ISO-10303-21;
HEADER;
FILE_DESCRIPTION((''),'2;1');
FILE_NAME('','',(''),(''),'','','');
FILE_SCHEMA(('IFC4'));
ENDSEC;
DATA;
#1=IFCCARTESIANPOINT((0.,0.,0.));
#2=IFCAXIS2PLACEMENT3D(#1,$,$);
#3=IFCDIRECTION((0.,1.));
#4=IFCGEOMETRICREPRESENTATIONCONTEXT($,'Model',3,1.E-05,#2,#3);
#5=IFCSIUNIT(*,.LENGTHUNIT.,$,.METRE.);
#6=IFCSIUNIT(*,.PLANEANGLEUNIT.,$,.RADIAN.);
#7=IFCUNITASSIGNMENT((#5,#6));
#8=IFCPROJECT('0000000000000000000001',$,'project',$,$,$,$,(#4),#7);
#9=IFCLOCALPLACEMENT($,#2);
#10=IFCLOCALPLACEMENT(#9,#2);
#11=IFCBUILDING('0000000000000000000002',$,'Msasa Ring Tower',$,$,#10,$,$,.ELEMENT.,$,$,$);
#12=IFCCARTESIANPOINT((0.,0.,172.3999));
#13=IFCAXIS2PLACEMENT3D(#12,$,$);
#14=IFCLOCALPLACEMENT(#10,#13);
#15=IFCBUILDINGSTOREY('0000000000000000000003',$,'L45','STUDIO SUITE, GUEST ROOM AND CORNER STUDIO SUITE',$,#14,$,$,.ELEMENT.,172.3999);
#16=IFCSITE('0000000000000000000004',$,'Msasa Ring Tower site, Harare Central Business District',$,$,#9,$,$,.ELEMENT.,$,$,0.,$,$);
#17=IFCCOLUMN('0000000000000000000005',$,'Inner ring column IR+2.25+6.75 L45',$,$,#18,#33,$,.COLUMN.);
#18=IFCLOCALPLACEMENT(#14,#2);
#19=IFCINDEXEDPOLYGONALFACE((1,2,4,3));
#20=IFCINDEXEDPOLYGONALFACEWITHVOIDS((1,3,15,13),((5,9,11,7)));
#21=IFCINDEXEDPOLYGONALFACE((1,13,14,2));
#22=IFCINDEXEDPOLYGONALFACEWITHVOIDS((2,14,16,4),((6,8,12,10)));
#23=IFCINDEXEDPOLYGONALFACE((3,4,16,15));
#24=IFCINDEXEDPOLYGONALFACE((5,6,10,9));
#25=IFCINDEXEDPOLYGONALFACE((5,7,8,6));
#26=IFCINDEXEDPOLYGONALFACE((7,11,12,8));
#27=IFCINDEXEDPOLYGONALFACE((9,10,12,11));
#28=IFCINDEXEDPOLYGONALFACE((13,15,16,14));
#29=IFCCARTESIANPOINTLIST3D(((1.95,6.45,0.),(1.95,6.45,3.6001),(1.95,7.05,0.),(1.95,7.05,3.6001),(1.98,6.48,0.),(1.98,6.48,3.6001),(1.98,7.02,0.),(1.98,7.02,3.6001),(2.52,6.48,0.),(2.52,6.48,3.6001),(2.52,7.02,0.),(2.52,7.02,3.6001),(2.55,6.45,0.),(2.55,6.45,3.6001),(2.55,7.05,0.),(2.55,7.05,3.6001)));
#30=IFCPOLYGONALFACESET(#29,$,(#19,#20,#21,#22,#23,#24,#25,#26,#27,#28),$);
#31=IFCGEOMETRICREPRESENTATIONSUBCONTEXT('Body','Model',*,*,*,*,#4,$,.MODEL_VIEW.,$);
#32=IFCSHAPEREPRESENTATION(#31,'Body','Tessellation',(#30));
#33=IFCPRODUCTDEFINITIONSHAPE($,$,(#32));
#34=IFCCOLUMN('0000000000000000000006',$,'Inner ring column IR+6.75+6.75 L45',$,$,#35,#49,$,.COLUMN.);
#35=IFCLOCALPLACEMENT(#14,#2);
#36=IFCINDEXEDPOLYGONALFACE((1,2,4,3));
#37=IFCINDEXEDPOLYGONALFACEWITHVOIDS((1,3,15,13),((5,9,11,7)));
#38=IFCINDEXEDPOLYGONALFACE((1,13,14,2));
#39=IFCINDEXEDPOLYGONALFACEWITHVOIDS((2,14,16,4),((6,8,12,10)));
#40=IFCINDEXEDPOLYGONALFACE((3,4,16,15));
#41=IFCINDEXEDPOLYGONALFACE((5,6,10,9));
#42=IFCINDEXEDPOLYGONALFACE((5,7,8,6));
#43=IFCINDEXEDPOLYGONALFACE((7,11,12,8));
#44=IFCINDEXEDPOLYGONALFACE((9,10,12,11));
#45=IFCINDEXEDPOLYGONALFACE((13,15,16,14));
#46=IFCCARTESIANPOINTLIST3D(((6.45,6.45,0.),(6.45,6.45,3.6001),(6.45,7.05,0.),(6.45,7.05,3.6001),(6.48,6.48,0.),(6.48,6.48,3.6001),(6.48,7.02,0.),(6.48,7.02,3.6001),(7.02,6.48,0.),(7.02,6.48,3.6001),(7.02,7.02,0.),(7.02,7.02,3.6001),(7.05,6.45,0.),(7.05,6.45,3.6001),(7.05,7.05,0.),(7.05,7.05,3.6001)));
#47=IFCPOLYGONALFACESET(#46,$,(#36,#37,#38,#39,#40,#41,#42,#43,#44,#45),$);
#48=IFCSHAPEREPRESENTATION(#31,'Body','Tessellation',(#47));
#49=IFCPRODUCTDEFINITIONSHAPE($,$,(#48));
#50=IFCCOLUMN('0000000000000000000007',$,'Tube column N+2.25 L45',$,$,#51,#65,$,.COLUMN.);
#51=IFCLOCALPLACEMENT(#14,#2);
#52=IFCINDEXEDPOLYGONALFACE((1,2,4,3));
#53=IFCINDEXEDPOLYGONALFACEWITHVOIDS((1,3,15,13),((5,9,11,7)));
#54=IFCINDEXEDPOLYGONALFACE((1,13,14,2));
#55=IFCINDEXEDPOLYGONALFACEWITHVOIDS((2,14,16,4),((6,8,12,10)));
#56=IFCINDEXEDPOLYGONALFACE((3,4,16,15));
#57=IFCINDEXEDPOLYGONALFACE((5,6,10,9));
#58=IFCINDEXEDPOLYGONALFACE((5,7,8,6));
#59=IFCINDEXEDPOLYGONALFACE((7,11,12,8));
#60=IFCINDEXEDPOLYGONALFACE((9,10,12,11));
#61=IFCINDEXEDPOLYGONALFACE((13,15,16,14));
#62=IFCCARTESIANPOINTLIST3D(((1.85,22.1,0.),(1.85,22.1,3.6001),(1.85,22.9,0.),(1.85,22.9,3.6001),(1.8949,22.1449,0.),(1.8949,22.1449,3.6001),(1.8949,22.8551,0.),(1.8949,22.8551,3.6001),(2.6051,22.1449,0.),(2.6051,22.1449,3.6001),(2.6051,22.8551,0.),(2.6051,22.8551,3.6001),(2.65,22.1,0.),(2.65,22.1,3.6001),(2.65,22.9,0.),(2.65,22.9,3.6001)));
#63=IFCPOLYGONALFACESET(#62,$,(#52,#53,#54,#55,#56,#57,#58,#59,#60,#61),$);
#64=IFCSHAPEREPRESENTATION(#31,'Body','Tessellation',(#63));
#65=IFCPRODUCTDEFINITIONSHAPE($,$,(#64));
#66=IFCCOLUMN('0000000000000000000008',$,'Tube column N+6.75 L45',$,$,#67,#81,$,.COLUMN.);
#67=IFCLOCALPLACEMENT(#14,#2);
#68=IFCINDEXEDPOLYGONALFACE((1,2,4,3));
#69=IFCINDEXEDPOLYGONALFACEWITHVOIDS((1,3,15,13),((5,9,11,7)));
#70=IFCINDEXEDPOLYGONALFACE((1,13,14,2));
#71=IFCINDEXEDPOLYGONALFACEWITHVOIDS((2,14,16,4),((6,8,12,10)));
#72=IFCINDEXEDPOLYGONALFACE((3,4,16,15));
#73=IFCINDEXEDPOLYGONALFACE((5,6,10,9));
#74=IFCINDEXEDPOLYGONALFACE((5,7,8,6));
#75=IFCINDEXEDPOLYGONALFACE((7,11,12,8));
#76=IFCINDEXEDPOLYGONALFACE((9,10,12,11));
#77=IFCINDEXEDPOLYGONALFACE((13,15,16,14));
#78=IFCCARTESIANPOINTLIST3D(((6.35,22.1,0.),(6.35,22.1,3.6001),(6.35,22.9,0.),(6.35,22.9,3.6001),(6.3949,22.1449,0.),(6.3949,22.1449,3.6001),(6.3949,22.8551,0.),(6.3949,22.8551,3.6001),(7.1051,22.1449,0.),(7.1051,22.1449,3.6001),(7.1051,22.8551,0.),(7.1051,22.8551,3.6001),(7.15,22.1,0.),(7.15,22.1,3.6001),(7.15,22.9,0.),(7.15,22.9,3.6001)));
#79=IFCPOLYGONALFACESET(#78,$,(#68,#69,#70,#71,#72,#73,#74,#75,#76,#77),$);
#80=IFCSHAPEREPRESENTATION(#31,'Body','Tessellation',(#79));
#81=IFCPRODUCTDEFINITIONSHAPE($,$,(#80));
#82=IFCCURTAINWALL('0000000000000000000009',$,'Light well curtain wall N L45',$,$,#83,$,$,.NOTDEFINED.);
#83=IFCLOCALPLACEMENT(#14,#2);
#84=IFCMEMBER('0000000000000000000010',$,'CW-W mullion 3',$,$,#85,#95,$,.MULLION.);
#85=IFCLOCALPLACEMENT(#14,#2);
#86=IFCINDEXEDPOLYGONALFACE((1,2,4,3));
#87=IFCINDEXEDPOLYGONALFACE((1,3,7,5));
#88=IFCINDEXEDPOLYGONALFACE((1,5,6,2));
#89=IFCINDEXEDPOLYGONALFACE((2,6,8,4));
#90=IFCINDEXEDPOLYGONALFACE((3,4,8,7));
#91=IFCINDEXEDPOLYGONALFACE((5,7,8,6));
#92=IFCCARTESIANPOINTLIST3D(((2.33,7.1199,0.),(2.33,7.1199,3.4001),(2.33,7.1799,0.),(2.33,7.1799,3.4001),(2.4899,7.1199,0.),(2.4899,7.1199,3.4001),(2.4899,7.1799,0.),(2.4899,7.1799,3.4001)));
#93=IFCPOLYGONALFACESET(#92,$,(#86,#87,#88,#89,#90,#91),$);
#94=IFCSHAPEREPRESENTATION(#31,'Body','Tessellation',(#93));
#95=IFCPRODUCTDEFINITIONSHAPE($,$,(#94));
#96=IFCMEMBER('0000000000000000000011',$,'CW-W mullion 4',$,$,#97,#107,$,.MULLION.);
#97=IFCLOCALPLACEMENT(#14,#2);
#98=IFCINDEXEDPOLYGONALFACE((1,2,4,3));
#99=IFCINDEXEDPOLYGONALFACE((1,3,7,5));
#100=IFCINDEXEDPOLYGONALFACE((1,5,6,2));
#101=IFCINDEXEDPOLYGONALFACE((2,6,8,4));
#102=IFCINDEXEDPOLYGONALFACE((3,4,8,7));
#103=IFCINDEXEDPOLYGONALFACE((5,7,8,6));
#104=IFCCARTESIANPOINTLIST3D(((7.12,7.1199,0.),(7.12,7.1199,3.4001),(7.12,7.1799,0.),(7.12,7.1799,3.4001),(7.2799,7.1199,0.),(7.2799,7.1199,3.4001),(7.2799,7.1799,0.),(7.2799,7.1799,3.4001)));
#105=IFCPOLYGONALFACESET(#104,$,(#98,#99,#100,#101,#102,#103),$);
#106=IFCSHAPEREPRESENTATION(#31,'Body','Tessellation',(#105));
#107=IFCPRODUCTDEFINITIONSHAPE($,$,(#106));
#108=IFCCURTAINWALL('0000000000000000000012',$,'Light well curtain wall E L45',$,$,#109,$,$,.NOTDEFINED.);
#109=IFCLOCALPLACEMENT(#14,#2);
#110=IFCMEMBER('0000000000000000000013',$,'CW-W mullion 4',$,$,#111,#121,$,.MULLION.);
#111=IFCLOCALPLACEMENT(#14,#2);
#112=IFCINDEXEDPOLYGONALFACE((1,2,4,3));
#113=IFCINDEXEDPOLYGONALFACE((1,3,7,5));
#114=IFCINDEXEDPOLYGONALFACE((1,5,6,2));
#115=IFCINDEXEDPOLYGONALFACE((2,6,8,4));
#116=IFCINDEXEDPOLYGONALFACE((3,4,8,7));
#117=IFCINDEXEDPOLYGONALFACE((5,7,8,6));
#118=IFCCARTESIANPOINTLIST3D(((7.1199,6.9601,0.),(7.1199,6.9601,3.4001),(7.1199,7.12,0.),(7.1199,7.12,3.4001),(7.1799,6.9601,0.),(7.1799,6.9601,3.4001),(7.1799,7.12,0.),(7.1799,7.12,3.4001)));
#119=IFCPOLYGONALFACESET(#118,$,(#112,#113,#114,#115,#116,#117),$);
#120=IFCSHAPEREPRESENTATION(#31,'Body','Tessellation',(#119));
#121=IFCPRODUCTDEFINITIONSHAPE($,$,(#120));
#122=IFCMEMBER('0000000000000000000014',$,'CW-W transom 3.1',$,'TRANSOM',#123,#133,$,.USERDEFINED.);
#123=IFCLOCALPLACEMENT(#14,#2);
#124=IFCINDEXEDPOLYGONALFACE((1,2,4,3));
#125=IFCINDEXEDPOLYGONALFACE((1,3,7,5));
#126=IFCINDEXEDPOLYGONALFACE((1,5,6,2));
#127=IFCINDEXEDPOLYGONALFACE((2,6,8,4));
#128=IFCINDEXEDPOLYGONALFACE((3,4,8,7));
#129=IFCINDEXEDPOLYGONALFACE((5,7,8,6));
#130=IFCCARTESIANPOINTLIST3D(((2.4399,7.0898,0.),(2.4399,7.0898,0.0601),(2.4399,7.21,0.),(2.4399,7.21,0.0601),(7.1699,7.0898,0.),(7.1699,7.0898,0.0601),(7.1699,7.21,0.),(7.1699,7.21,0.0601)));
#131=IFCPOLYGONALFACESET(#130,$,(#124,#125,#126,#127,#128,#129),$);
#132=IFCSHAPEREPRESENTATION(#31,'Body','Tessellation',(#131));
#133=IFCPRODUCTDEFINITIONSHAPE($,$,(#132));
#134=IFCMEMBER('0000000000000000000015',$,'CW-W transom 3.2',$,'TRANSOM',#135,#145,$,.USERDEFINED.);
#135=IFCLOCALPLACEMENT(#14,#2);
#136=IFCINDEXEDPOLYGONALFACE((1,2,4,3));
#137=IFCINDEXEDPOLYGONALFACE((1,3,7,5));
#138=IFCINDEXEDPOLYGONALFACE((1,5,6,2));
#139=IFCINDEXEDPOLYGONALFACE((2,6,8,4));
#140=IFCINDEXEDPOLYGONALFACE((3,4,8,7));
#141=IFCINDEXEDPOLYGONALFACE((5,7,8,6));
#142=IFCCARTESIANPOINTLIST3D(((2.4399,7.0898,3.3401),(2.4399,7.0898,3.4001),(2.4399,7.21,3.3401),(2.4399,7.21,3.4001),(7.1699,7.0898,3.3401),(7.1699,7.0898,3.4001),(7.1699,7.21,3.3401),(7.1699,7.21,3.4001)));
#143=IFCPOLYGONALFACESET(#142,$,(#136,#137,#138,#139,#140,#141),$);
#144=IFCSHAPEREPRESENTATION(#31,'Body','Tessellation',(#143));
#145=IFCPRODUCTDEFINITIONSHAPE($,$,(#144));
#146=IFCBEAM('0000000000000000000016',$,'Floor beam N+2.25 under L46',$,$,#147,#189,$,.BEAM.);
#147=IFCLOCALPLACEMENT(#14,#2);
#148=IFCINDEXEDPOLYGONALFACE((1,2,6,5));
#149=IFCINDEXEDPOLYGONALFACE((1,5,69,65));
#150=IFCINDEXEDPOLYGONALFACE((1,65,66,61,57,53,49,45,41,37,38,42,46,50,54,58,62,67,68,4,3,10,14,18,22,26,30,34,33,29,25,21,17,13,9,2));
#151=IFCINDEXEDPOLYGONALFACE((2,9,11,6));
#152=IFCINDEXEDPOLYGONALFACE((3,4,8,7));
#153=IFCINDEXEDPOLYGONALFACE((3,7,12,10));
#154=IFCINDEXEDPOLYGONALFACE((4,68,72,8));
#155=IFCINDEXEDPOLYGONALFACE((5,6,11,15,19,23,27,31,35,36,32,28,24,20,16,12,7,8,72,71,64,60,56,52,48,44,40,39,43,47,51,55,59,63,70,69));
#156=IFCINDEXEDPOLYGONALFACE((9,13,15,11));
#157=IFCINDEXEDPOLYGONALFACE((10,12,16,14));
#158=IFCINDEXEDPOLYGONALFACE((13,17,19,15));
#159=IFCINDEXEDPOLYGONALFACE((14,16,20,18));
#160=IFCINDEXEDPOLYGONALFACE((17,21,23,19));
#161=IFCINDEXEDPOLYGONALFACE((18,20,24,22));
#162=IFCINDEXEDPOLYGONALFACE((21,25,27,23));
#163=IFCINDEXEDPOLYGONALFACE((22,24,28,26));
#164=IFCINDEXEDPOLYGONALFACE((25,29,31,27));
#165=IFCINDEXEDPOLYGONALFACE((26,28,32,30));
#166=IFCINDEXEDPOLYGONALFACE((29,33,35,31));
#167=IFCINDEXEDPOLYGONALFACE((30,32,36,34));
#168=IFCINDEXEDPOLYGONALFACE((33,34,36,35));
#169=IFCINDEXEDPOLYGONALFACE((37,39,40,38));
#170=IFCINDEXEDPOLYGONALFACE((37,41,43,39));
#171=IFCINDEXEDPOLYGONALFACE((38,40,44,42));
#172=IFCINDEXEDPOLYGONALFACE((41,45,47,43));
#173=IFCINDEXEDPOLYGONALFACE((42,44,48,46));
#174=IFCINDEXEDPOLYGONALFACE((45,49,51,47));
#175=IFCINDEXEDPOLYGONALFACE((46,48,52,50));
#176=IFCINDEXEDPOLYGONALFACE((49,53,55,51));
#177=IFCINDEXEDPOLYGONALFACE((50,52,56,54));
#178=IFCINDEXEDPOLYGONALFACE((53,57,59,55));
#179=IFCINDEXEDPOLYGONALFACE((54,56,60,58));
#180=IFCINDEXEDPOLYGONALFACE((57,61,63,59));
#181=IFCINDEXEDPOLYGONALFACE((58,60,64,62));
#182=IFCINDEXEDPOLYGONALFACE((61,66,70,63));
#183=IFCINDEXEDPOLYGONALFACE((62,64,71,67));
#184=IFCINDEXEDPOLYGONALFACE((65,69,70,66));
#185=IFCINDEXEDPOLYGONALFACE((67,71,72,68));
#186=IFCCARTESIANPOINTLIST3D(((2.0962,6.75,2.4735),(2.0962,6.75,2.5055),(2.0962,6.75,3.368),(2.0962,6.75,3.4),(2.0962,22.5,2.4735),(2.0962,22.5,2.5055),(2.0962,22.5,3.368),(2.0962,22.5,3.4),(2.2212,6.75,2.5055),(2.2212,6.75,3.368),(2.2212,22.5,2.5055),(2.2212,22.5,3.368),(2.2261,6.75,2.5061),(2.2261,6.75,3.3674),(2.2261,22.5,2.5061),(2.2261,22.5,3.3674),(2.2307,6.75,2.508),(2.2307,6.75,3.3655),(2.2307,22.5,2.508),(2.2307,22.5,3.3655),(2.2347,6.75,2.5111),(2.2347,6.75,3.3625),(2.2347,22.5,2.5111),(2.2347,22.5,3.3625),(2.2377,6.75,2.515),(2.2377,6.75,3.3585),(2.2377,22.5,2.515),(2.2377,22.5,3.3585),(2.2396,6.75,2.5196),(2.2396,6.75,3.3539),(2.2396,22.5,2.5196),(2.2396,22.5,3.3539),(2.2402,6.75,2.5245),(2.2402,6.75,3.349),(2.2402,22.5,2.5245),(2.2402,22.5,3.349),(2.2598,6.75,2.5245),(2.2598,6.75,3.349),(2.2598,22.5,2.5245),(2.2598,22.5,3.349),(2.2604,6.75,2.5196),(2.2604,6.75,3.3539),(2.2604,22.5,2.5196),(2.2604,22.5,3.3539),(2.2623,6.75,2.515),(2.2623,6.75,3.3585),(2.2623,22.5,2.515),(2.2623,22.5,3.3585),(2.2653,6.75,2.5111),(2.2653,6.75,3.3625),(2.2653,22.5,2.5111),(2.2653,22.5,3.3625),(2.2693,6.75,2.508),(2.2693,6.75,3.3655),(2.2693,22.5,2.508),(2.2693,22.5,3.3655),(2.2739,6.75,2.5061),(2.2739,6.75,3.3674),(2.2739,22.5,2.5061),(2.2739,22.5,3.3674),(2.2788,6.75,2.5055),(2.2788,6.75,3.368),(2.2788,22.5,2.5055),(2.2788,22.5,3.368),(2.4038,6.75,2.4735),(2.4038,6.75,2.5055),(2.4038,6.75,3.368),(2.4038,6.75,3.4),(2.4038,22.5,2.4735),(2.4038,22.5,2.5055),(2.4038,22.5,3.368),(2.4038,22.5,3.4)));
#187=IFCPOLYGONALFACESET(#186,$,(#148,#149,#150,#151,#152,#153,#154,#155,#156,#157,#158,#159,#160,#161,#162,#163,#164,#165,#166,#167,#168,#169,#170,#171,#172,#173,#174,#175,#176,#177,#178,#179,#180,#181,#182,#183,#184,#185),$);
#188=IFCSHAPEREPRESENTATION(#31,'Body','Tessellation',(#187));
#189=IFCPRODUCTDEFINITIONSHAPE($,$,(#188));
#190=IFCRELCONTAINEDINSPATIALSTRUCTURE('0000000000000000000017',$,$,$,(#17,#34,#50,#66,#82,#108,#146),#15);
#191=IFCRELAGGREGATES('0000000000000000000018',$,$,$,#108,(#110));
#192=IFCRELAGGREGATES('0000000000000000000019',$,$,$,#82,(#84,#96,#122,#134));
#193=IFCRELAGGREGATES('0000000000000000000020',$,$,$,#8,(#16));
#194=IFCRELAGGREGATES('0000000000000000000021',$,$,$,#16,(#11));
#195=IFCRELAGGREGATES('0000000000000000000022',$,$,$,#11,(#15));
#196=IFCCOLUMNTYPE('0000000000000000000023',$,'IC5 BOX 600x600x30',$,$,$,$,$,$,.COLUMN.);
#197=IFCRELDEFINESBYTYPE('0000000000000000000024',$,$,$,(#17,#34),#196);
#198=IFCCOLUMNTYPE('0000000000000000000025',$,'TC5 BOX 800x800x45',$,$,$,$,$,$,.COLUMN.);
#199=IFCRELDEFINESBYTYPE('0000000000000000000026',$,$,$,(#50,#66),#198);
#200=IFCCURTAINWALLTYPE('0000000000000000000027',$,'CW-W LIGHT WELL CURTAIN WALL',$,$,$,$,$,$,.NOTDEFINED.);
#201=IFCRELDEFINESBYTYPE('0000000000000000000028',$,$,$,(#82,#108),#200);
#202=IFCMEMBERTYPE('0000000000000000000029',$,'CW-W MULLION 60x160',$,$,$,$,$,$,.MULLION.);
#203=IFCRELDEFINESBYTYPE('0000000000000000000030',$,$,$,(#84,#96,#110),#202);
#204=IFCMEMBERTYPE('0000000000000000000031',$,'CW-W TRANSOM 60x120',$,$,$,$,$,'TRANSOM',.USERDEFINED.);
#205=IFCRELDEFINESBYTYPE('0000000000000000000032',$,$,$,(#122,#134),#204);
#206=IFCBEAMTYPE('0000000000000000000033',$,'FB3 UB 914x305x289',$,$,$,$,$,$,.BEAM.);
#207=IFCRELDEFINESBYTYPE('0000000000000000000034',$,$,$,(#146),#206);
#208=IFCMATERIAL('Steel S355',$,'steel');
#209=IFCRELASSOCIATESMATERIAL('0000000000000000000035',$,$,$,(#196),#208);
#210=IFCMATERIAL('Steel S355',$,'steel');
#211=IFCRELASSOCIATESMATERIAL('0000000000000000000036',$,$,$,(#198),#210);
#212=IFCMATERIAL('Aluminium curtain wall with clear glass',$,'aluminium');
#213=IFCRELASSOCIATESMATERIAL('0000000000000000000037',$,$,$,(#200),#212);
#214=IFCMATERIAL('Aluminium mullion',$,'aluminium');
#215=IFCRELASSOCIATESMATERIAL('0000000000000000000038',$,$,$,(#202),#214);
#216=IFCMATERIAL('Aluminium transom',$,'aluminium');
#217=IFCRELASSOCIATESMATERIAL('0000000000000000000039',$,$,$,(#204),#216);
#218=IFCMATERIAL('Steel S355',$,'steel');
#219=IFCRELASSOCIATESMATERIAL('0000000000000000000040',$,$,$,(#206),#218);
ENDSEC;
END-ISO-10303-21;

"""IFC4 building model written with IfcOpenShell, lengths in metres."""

from ifc_helpers import new_model, si_unit, direction, frame, origin, origin_2d, place, context, subcontext, project, spatial, rectangle, hollow_rectangle, i_section, extrude, material, material_profile, profile_set, type_object, element, aggregate, save


model = new_model("IFC4")

# Units and contexts
model_context = context("Model", 3, precision=1e-05, world=origin(), true_north=direction((0.0, 1.0)))
body_context = subcontext(model_context, "Body", "Model", "MODEL_VIEW")
ifc_project = project(units=[si_unit("LENGTHUNIT", "METRE"), si_unit("PLANEANGLEUNIT", "RADIAN")], contexts=[model_context])

# Site, building, storey
site_placement = place(None, origin())
site = spatial("IfcSite", under=ifc_project, at=site_placement, Name="Msasa Ring Tower site, Harare Central Business District", CompositionType="ELEMENT", RefElevation=0.0)
building_placement = place(site_placement, origin())
building = spatial("IfcBuilding", under=site, at=building_placement, Name="Msasa Ring Tower", CompositionType="ELEMENT")
storey_placement = place(building_placement, frame((0.0, 0.0, 172.3999)))
storey = spatial("IfcBuildingStorey", under=building, at=storey_placement, Name="L45", Description="STUDIO SUITE, GUEST ROOM AND CORNER STUDIO SUITE", CompositionType="ELEMENT", Elevation=172.3999)

# Columns
ifc_material_1 = material(Name="Steel S355", Category="steel")
ifc_material_profile_1 = material_profile(ifc_material_1, hollow_rectangle(XDim=0.6001, YDim=0.6001, WallThickness=0.03, at=origin_2d()), Name="BOX 600x600x30")
ifc_profile_set_1 = profile_set([ifc_material_profile_1], Name="Steel S355")
column_type_1 = type_object("IfcColumnType", Name="IC5 BOX 600x600x30", PredefinedType="COLUMN", material=ifc_profile_set_1)
for number, where, z_axis, x_axis, name in (
    (1, (2.25, 6.75, 0.0), (0.0, 0.0, 1.0), (1.0, 0.0, 0.0), "Inner ring column IR+2.25+6.75 L45"),
    (2, (6.75, 6.75, 0.0), (0.0, 0.0, 1.0), (1.0, 0.0, 0.0), "Inner ring column IR+6.75+6.75 L45"),
):
    element("IfcColumn", number, at=place(storey_placement, frame(where, z_axis=z_axis, x_axis=x_axis)), inside=storey, type_object=column_type_1, Name=name, PredefinedType="COLUMN", context=body_context, shape_type="SweptSolid", body=[
        extrude(hollow_rectangle(XDim=0.6001, YDim=0.6001, WallThickness=0.03, at=origin_2d()), origin(), (0.0, 0.0, 1.0), 3.6001),
    ])
ifc_material_2 = material(Name="Steel S355", Category="steel")
ifc_material_profile_2 = material_profile(ifc_material_2, hollow_rectangle(XDim=0.8, YDim=0.8, WallThickness=0.0449, at=origin_2d()), Name="BOX 800x800x45")
ifc_profile_set_2 = profile_set([ifc_material_profile_2], Name="Steel S355")
column_type_2 = type_object("IfcColumnType", Name="TC5 BOX 800x800x45", PredefinedType="COLUMN", material=ifc_profile_set_2)
for number, where, z_axis, x_axis, name in (
    (3, (2.25, 22.5, 0.0), (0.0, 0.0, 1.0), (0.0, 1.0, 0.0), "Tube column N+2.25 L45"),
    (4, (6.75, 22.5, 0.0), (0.0, 0.0, 1.0), (0.0, 1.0, 0.0), "Tube column N+6.75 L45"),
):
    element("IfcColumn", number, at=place(storey_placement, frame(where, z_axis=z_axis, x_axis=x_axis)), inside=storey, type_object=column_type_2, Name=name, PredefinedType="COLUMN", context=body_context, shape_type="SweptSolid", body=[
        extrude(hollow_rectangle(XDim=0.8, YDim=0.8, WallThickness=0.0449, at=origin_2d()), origin(), (0.0, 0.0, 1.0), 3.6001),
    ])

# Curtain wall, members
ifc_material_3 = material(Name="Aluminium curtain wall with clear glass", Category="aluminium")
curtain_wall_type = type_object("IfcCurtainWallType", Name="CW-W LIGHT WELL CURTAIN WALL", PredefinedType="NOTDEFINED", material=ifc_material_3)
curtain_wall_1_placement = place(storey_placement, origin())
curtain_wall_1 = element("IfcCurtainWall", 5, at=curtain_wall_1_placement, inside=storey, type_object=curtain_wall_type, Name="Light well curtain wall N L45", PredefinedType="NOTDEFINED")
ifc_material_4 = material(Name="Aluminium mullion", Category="aluminium")
ifc_material_profile_3 = material_profile(ifc_material_4, rectangle(XDim=0.0601, YDim=0.1599, at=origin_2d()), Name="AL 60x160")
ifc_profile_set_3 = profile_set([ifc_material_profile_3], Name="Aluminium mullion")
member_type_1 = type_object("IfcMemberType", Name="CW-W MULLION 60x160", PredefinedType="MULLION", material=ifc_profile_set_3)
member_1_placement = place(storey_placement, frame((2.4099, 7.1499, 0.0), z_axis=(0.0, 0.0, 1.0), x_axis=(0.0, 1.0, 0.0)))
member_1 = element("IfcMember", 6, at=member_1_placement, type_object=member_type_1, Name="CW-W mullion 3", PredefinedType="MULLION", context=body_context, shape_type="SweptSolid", body=[
    extrude(rectangle(XDim=0.0601, YDim=0.1599, at=origin_2d()), origin(), (0.0, 0.0, 1.0), 3.4001),
])
member_2_placement = place(storey_placement, frame((7.2, 7.1499, 0.0), z_axis=(0.0, 0.0, 1.0), x_axis=(0.0, 1.0, 0.0)))
member_2 = element("IfcMember", 7, at=member_2_placement, type_object=member_type_1, Name="CW-W mullion 4", PredefinedType="MULLION", context=body_context, shape_type="SweptSolid", body=[
    extrude(rectangle(XDim=0.0601, YDim=0.1599, at=origin_2d()), origin(), (0.0, 0.0, 1.0), 3.4001),
])

# Curtain wall, member
curtain_wall_2_placement = place(storey_placement, origin())
curtain_wall_2 = element("IfcCurtainWall", 8, at=curtain_wall_2_placement, inside=storey, type_object=curtain_wall_type, Name="Light well curtain wall E L45", PredefinedType="NOTDEFINED")
member_3_placement = place(storey_placement, frame((7.1499, 7.04, 0.0), z_axis=(0.0, 0.0, 1.0), x_axis=(-1.0, 0.0, 0.0)))
member_3 = element("IfcMember", 9, at=member_3_placement, type_object=member_type_1, Name="CW-W mullion 4", PredefinedType="MULLION", context=body_context, shape_type="SweptSolid", body=[
    extrude(rectangle(XDim=0.0601, YDim=0.1599, at=origin_2d()), origin(), (0.0, 0.0, 1.0), 3.4001),
])
aggregate(curtain_wall_2, [member_3])

# Members
ifc_material_5 = material(Name="Aluminium transom", Category="aluminium")
ifc_material_profile_4 = material_profile(ifc_material_5, rectangle(XDim=0.1201, YDim=0.0601, at=origin_2d()), Name="AL 60x120")
ifc_profile_set_4 = profile_set([ifc_material_profile_4], Name="Aluminium transom")
member_type_2 = type_object("IfcMemberType", Name="CW-W TRANSOM 60x120", ElementType="TRANSOM", PredefinedType="USERDEFINED", material=ifc_profile_set_4)
member_4_placement = place(storey_placement, frame((2.4399, 7.1499, 0.03), z_axis=(1.0, 0.0, 0.0), x_axis=(0.0, 1.0, 0.0)))
member_4 = element("IfcMember", 10, at=member_4_placement, type_object=member_type_2, Name="CW-W transom 3.1", ObjectType="TRANSOM", PredefinedType="USERDEFINED", context=body_context, shape_type="SweptSolid", body=[
    extrude(rectangle(XDim=0.1201, YDim=0.0601, at=origin_2d()), origin(), (0.0, 0.0, 1.0), 4.73),
])
member_5_placement = place(storey_placement, frame((2.4399, 7.1499, 3.3701), z_axis=(1.0, 0.0, 0.0), x_axis=(0.0, 1.0, 0.0)))
member_5 = element("IfcMember", 11, at=member_5_placement, type_object=member_type_2, Name="CW-W transom 3.2", ObjectType="TRANSOM", PredefinedType="USERDEFINED", context=body_context, shape_type="SweptSolid", body=[
    extrude(rectangle(XDim=0.1201, YDim=0.0601, at=origin_2d()), origin(), (0.0, 0.0, 1.0), 4.73),
])

# Beam
ifc_material_6 = material(Name="Steel S355", Category="steel")
ifc_material_profile_5 = material_profile(ifc_material_6, i_section(OverallWidth=0.3076, OverallDepth=0.9265, WebThickness=0.0195, FlangeThickness=0.032, FilletRadius=0.019, at=origin_2d()), Name="UB 914x305x289")
ifc_profile_set_5 = profile_set([ifc_material_profile_5], Name="Steel S355")
beam_type_1 = type_object("IfcBeamType", Name="FB3 UB 914x305x289", PredefinedType="BEAM", material=ifc_profile_set_5)
for number, where, z_axis, x_axis, name in (
    (12, (2.25, 22.5, 2.9368), (0.0, -1.0, 0.0), (1.0, 0.0, 0.0), "Floor beam N+2.25 under L46"),
):
    element("IfcBeam", number, at=place(storey_placement, frame(where, z_axis=z_axis, x_axis=x_axis)), inside=storey, type_object=beam_type_1, Name=name, PredefinedType="BEAM", context=body_context, shape_type="SweptSolid", body=[
        extrude(i_section(OverallWidth=0.3076, OverallDepth=0.9265, WebThickness=0.0195, FlangeThickness=0.032, FilletRadius=0.019, at=origin_2d()), origin(), (0.0, 0.0, 1.0), 15.75),
    ])

aggregate(curtain_wall_1, [member_1, member_2, member_4, member_5])

save(model, "model.ifc")
